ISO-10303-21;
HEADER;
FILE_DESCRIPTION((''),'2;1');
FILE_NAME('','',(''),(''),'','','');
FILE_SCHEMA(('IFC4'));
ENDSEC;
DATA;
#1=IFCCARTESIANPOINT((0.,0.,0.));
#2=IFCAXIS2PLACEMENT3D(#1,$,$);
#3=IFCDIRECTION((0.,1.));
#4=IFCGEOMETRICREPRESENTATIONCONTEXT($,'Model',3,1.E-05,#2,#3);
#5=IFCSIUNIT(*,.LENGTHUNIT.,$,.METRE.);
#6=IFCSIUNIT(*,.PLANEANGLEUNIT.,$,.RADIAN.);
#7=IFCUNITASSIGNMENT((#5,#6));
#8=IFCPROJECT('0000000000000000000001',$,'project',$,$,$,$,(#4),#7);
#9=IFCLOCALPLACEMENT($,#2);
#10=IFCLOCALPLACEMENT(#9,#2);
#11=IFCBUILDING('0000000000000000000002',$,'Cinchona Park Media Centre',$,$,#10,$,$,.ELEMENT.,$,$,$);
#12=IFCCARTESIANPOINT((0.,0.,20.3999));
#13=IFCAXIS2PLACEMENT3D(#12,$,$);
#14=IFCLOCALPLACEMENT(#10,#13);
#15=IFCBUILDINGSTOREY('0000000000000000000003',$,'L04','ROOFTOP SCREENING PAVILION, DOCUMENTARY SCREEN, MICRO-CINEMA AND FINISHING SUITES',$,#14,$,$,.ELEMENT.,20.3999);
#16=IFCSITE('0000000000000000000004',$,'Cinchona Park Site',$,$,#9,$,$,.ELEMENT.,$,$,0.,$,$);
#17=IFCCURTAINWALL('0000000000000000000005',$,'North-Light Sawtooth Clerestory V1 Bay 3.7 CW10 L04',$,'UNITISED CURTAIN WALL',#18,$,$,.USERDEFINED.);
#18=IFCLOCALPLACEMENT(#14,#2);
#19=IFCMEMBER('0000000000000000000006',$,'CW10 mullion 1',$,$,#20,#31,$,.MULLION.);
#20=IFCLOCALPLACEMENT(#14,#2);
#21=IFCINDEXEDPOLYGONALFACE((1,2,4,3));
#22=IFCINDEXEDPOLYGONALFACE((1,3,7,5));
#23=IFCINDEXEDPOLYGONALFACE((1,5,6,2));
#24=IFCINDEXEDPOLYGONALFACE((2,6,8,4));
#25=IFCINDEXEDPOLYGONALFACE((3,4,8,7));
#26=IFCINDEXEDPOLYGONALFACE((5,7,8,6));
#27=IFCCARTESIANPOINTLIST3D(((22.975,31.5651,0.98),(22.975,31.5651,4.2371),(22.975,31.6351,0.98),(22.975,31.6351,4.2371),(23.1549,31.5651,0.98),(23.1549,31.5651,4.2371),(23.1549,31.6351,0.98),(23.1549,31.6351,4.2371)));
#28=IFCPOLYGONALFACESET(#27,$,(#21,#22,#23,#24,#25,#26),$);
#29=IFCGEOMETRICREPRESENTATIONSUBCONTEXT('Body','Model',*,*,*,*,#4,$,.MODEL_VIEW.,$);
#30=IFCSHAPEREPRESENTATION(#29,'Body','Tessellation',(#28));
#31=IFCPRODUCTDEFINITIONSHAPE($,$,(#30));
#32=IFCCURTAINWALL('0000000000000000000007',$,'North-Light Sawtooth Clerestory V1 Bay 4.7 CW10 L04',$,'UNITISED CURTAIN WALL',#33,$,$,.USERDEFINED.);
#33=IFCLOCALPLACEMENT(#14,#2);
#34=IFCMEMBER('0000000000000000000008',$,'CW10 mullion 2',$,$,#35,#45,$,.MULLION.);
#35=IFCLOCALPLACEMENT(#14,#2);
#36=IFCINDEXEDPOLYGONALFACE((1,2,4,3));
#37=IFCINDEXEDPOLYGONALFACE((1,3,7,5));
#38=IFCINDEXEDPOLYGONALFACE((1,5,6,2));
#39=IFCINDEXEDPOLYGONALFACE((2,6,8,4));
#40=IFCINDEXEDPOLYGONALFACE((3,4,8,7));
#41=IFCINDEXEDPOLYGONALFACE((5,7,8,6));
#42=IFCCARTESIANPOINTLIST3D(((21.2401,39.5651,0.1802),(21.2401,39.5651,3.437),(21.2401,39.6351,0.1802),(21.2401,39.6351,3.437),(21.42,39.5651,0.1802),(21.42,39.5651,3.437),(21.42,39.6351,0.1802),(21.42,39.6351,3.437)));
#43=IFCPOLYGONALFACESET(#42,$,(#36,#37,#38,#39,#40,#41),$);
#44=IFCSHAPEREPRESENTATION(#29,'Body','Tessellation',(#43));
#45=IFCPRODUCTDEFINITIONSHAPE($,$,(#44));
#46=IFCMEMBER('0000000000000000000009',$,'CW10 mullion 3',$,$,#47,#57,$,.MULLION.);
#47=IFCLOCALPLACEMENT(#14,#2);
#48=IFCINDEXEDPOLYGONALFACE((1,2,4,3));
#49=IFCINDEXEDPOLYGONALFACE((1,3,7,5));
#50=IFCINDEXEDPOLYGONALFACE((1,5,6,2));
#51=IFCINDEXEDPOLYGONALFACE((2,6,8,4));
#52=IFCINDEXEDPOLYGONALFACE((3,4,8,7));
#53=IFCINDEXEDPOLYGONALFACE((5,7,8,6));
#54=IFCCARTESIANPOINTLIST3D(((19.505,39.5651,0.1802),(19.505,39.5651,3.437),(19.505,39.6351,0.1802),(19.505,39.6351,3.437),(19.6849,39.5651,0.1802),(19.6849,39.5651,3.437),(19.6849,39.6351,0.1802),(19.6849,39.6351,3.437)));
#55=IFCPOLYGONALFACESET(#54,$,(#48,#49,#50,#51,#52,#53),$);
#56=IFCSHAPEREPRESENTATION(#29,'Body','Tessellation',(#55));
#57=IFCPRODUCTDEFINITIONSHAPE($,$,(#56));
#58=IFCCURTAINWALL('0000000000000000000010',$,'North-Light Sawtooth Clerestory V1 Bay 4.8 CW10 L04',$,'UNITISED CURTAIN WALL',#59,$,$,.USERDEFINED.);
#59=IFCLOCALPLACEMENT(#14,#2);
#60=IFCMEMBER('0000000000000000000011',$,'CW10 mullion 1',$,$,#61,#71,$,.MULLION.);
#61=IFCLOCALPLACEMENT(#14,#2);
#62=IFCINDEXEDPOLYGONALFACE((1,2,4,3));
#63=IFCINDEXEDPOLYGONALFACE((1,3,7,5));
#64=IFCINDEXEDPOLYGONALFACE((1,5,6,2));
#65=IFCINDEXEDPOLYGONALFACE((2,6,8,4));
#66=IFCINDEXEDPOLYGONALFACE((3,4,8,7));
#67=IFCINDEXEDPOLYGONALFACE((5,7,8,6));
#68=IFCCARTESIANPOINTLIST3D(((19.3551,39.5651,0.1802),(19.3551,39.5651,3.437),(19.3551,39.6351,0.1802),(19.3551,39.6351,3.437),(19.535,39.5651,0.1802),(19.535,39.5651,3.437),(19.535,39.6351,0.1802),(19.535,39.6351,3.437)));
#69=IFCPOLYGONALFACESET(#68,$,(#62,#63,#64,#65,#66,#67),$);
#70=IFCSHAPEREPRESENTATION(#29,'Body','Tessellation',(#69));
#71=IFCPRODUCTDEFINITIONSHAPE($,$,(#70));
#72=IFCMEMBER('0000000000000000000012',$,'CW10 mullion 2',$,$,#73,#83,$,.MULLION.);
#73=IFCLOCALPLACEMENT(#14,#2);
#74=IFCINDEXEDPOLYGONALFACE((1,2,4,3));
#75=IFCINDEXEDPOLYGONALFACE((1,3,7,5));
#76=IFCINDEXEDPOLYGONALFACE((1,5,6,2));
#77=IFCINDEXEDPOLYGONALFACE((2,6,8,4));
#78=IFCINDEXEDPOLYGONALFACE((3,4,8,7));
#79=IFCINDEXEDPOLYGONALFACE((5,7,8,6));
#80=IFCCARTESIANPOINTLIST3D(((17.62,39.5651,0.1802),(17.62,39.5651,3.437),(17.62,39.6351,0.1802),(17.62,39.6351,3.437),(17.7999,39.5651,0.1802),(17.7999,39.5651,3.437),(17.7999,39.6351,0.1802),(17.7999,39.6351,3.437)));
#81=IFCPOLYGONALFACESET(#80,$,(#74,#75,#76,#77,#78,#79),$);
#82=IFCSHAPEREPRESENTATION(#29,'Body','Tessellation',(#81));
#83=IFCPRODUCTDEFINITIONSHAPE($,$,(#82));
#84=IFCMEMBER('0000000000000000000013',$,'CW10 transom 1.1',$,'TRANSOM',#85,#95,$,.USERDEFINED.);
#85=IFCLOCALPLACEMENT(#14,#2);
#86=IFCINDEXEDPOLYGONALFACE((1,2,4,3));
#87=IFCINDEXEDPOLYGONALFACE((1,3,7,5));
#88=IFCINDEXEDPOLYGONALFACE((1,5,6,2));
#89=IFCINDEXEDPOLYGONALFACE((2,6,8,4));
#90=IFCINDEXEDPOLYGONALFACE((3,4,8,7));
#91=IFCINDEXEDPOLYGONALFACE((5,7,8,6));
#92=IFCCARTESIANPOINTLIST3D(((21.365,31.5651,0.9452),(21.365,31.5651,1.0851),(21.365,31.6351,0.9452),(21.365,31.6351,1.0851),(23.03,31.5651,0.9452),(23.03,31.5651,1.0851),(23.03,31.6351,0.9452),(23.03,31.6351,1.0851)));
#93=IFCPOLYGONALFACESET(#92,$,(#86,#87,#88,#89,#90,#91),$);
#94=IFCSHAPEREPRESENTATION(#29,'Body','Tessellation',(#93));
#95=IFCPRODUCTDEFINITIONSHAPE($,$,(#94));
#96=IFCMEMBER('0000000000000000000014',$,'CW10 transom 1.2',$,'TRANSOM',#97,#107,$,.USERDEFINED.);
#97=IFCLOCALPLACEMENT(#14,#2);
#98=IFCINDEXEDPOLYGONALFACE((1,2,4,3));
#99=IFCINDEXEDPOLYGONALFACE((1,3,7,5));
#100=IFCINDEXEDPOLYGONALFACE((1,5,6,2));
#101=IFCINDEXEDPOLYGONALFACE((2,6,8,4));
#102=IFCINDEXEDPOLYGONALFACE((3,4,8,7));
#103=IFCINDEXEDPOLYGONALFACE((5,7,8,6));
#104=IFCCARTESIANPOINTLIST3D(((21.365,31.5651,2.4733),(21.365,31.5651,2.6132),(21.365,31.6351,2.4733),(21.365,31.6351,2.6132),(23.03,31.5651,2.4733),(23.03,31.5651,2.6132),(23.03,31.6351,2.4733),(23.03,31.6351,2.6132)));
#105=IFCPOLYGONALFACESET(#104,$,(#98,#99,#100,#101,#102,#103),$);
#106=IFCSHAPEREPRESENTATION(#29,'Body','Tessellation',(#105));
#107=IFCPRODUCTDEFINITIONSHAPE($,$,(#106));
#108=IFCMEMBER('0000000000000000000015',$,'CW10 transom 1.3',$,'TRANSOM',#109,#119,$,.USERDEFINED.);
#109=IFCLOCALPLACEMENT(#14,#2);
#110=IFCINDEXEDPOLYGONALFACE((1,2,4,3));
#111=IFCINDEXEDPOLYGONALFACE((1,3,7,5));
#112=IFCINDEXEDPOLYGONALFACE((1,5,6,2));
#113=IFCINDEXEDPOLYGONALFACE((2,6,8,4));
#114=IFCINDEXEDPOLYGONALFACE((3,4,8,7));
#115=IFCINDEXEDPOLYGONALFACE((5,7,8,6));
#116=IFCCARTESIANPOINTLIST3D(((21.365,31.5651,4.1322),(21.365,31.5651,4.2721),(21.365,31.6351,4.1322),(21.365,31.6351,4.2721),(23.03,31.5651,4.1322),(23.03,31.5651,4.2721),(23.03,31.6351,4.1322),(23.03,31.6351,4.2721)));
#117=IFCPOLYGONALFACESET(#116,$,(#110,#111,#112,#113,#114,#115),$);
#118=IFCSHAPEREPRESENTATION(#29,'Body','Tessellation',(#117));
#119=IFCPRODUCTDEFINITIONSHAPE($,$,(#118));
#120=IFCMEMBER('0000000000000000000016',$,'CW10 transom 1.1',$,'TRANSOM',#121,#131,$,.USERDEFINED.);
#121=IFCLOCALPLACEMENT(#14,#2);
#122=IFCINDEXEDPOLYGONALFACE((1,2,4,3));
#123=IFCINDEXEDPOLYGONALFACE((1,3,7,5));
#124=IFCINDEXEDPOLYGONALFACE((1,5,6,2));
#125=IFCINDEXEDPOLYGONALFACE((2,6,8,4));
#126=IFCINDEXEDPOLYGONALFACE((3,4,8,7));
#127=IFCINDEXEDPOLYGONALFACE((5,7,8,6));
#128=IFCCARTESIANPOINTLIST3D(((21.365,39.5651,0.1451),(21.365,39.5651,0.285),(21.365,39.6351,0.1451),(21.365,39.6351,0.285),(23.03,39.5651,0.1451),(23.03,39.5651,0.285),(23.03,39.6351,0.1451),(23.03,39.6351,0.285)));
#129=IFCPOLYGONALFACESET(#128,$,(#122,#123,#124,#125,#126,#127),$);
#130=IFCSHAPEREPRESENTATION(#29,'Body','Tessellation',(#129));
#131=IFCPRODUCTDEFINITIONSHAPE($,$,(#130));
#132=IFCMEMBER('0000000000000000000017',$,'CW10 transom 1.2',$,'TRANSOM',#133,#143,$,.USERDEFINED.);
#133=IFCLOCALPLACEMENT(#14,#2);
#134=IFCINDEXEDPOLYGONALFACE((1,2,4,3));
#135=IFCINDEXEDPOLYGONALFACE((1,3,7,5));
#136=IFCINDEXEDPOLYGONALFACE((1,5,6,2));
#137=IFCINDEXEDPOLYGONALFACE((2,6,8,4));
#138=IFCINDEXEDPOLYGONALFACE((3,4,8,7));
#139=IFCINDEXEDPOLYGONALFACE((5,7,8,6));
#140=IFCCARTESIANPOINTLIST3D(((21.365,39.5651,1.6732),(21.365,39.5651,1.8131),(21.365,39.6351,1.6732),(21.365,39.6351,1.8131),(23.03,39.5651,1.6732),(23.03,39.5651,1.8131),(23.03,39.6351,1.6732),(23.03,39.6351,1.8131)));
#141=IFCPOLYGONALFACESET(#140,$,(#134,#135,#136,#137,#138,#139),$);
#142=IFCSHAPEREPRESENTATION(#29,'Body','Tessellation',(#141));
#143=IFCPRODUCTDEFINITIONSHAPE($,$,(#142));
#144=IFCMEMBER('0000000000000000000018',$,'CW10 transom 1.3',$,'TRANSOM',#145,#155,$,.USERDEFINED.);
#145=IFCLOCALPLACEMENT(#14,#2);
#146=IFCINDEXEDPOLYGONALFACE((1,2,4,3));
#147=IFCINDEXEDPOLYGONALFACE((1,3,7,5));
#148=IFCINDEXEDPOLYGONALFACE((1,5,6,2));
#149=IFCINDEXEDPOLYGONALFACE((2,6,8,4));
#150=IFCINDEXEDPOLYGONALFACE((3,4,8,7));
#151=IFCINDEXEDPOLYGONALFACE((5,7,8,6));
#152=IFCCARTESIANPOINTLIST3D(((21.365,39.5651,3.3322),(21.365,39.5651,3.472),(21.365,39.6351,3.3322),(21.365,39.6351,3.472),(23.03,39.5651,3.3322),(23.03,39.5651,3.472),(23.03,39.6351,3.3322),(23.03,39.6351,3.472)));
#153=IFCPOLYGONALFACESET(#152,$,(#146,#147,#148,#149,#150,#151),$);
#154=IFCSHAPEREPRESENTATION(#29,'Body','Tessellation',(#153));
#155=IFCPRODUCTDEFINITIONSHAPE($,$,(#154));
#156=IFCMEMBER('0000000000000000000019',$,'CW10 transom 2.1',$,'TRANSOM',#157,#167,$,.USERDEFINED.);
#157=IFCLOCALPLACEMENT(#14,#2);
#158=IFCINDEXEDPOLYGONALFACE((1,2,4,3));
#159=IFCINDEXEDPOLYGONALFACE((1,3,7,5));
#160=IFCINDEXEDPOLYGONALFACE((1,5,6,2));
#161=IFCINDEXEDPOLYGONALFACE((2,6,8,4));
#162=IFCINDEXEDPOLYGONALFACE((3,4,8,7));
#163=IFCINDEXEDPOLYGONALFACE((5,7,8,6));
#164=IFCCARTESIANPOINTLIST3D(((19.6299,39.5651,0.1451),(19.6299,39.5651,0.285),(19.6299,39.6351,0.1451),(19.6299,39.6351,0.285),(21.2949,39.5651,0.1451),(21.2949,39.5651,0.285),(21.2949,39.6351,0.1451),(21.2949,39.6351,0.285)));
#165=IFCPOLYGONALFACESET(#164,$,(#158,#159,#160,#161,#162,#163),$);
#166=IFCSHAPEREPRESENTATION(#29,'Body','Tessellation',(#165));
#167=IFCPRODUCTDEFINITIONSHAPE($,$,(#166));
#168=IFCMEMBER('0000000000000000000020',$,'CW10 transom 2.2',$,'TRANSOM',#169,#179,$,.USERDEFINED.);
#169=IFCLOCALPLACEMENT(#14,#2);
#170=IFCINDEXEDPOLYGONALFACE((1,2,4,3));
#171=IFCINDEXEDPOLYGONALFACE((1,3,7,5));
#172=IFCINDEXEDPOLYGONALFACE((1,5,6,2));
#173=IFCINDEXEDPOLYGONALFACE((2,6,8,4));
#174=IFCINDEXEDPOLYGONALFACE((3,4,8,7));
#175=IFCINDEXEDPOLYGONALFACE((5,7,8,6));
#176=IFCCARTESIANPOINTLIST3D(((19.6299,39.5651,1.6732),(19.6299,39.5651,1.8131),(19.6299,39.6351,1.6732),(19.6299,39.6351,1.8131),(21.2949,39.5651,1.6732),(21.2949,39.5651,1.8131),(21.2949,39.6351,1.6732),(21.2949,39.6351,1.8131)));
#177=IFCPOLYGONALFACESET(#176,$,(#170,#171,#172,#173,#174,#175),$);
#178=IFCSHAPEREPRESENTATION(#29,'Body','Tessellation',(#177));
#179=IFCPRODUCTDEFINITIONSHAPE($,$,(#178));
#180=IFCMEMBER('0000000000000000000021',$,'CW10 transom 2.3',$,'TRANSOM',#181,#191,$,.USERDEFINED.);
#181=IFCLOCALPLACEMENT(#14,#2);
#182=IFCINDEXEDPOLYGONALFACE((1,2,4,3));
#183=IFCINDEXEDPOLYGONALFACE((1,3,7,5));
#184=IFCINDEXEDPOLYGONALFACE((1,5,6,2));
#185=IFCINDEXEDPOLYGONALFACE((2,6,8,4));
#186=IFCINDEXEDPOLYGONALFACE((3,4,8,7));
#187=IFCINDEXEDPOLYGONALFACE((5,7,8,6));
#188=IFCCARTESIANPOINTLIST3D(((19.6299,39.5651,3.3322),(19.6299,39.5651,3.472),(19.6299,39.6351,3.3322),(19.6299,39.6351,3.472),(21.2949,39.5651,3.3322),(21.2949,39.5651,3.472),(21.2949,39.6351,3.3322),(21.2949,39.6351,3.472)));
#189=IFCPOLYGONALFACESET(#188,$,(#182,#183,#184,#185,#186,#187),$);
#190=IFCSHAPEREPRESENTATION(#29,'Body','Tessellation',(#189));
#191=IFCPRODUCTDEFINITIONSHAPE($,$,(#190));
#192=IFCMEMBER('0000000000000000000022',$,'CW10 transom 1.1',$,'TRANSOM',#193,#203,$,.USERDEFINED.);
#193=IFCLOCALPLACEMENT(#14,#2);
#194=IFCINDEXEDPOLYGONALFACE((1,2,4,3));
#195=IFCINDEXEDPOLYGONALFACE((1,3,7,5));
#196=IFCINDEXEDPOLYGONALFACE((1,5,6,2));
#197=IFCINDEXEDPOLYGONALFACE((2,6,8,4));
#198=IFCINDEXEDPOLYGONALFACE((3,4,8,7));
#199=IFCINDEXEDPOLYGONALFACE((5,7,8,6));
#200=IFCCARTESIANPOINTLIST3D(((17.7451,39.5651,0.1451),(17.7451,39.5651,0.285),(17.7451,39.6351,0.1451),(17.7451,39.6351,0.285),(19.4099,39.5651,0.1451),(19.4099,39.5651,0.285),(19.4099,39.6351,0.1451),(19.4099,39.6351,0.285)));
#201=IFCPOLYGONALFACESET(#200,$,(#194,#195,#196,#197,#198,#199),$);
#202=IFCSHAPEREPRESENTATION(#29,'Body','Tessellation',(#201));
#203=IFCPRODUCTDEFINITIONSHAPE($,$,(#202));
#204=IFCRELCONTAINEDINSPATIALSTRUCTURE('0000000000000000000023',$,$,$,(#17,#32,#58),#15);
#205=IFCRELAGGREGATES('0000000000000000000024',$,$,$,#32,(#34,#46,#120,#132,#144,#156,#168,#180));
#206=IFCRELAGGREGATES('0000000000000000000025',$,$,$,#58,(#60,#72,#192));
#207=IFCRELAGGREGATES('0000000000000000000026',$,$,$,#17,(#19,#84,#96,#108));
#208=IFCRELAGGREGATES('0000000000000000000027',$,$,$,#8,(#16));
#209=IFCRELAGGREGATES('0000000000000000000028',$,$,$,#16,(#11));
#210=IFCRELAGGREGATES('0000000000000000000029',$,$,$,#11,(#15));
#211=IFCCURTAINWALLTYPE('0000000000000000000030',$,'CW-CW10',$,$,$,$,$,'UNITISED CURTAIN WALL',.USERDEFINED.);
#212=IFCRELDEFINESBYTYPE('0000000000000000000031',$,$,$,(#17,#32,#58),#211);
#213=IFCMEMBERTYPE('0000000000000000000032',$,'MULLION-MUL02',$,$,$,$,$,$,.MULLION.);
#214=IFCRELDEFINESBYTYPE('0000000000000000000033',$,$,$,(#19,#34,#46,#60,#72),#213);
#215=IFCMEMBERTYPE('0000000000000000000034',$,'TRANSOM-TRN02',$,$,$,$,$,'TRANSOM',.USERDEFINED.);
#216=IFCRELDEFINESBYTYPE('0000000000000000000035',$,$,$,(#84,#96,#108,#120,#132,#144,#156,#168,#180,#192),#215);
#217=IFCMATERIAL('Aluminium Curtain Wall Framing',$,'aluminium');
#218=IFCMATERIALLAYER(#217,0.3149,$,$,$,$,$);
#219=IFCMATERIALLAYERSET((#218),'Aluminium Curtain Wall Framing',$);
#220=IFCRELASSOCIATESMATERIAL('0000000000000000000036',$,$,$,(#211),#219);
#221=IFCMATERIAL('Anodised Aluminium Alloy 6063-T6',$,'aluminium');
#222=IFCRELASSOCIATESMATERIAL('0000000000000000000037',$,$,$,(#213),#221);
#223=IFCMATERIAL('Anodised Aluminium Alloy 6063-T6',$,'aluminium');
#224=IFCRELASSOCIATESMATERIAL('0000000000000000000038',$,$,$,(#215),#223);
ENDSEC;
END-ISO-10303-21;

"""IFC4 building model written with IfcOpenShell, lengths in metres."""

from ifc_helpers import new_model, si_unit, direction, frame, origin, origin_2d, place, context, subcontext, project, spatial, rectangle, extrude, material, layer, layer_set, material_profile, profile_set, type_object, element, aggregate, save


model = new_model("IFC4")

# Units and contexts
model_context = context("Model", 3, precision=1e-05, world=origin(), true_north=direction((0.0, 1.0)))
body_context = subcontext(model_context, "Body", "Model", "MODEL_VIEW")
ifc_project = project(units=[si_unit("LENGTHUNIT", "METRE"), si_unit("PLANEANGLEUNIT", "RADIAN")], contexts=[model_context])

# Site, building, storey
site_placement = place(None, origin())
site = spatial("IfcSite", under=ifc_project, at=site_placement, Name="Cinchona Park Site", CompositionType="ELEMENT", RefElevation=0.0)
building_placement = place(site_placement, origin())
building = spatial("IfcBuilding", under=site, at=building_placement, Name="Cinchona Park Media Centre", CompositionType="ELEMENT")
storey_placement = place(building_placement, frame((0.0, 0.0, 20.3999)))
storey = spatial("IfcBuildingStorey", under=building, at=storey_placement, Name="L04", Description="ROOFTOP SCREENING PAVILION, DOCUMENTARY SCREEN, MICRO-CINEMA AND FINISHING SUITES", CompositionType="ELEMENT", Elevation=20.3999)

# Curtain wall, member
ifc_material_1 = material(Name="Aluminium Curtain Wall Framing", Category="aluminium")
ifc_layer_1 = layer(ifc_material_1, 0.3149)
ifc_layer_set_1 = layer_set([ifc_layer_1], Name="Aluminium Curtain Wall Framing")
curtain_wall_type = type_object("IfcCurtainWallType", Name="CW-CW10", ElementType="UNITISED CURTAIN WALL", PredefinedType="USERDEFINED", material=ifc_layer_set_1)
curtain_wall_1_placement = place(storey_placement, origin())
curtain_wall_1 = element("IfcCurtainWall", 1, at=curtain_wall_1_placement, inside=storey, type_object=curtain_wall_type, Name="North-Light Sawtooth Clerestory V1 Bay 3.7 CW10 L04", ObjectType="UNITISED CURTAIN WALL", PredefinedType="USERDEFINED")
ifc_material_2 = material(Name="Anodised Aluminium Alloy 6063-T6", Category="aluminium")
ifc_material_profile_1 = material_profile(ifc_material_2, rectangle(XDim=0.0701, YDim=0.1799, at=origin_2d()), Name="MUL-70X180")
ifc_profile_set_1 = profile_set([ifc_material_profile_1], Name="Anodised Aluminium Alloy 6063-T6")
member_type_1 = type_object("IfcMemberType", Name="MULLION-MUL02", PredefinedType="MULLION", material=ifc_profile_set_1)
member_1_placement = place(storey_placement, frame((23.0649, 31.6001, 0.98), z_axis=(0.0, 0.0, 1.0), x_axis=(0.0, -1.0, 0.0)))
member_1 = element("IfcMember", 2, at=member_1_placement, type_object=member_type_1, Name="CW10 mullion 1", PredefinedType="MULLION", context=body_context, shape_type="SweptSolid", body=[
    extrude(rectangle(XDim=0.0701, YDim=0.1799, at=origin_2d()), origin(), (0.0, 0.0, 1.0), 3.2571),
])

# Curtain walls, members
curtain_wall_2_placement = place(storey_placement, origin())
curtain_wall_2 = element("IfcCurtainWall", 3, at=curtain_wall_2_placement, inside=storey, type_object=curtain_wall_type, Name="North-Light Sawtooth Clerestory V1 Bay 4.7 CW10 L04", ObjectType="UNITISED CURTAIN WALL", PredefinedType="USERDEFINED")
member_2_placement = place(storey_placement, frame((21.3301, 39.6001, 0.1802), z_axis=(0.0, 0.0, 1.0), x_axis=(0.0, -1.0, 0.0)))
member_2 = element("IfcMember", 4, at=member_2_placement, type_object=member_type_1, Name="CW10 mullion 2", PredefinedType="MULLION", context=body_context, shape_type="SweptSolid", body=[
    extrude(rectangle(XDim=0.0701, YDim=0.1799, at=origin_2d()), origin(), (0.0, 0.0, 1.0), 3.2568),
])
member_3_placement = place(storey_placement, frame((19.595, 39.6001, 0.1802), z_axis=(0.0, 0.0, 1.0), x_axis=(0.0, -1.0, 0.0)))
member_3 = element("IfcMember", 5, at=member_3_placement, type_object=member_type_1, Name="CW10 mullion 3", PredefinedType="MULLION", context=body_context, shape_type="SweptSolid", body=[
    extrude(rectangle(XDim=0.0701, YDim=0.1799, at=origin_2d()), origin(), (0.0, 0.0, 1.0), 3.2568),
])
curtain_wall_3_placement = place(storey_placement, origin())
curtain_wall_3 = element("IfcCurtainWall", 6, at=curtain_wall_3_placement, inside=storey, type_object=curtain_wall_type, Name="North-Light Sawtooth Clerestory V1 Bay 4.8 CW10 L04", ObjectType="UNITISED CURTAIN WALL", PredefinedType="USERDEFINED")
member_4_placement = place(storey_placement, frame((19.4451, 39.6001, 0.1802), z_axis=(0.0, 0.0, 1.0), x_axis=(0.0, -1.0, 0.0)))
member_4 = element("IfcMember", 7, at=member_4_placement, type_object=member_type_1, Name="CW10 mullion 1", PredefinedType="MULLION", context=body_context, shape_type="SweptSolid", body=[
    extrude(rectangle(XDim=0.0701, YDim=0.1799, at=origin_2d()), origin(), (0.0, 0.0, 1.0), 3.2568),
])
member_5_placement = place(storey_placement, frame((17.71, 39.6001, 0.1802), z_axis=(0.0, 0.0, 1.0), x_axis=(0.0, -1.0, 0.0)))
member_5 = element("IfcMember", 8, at=member_5_placement, type_object=member_type_1, Name="CW10 mullion 2", PredefinedType="MULLION", context=body_context, shape_type="SweptSolid", body=[
    extrude(rectangle(XDim=0.0701, YDim=0.1799, at=origin_2d()), origin(), (0.0, 0.0, 1.0), 3.2568),
])

# Members
ifc_material_3 = material(Name="Anodised Aluminium Alloy 6063-T6", Category="aluminium")
ifc_material_profile_2 = material_profile(ifc_material_3, rectangle(XDim=0.0701, YDim=0.1399, at=origin_2d()), Name="TRN-70X140")
ifc_profile_set_2 = profile_set([ifc_material_profile_2], Name="Anodised Aluminium Alloy 6063-T6")
member_type_2 = type_object("IfcMemberType", Name="TRANSOM-TRN02", ElementType="TRANSOM", PredefinedType="USERDEFINED", material=ifc_profile_set_2)
member_6_placement = place(storey_placement, frame((23.03, 31.6001, 1.0151), z_axis=(-1.0, 0.0, 0.0), x_axis=(0.0, -1.0, 0.0)))
member_6 = element("IfcMember", 9, at=member_6_placement, type_object=member_type_2, Name="CW10 transom 1.1", ObjectType="TRANSOM", PredefinedType="USERDEFINED", context=body_context, shape_type="SweptSolid", body=[
    extrude(rectangle(XDim=0.0701, YDim=0.1399, at=origin_2d()), origin(), (0.0, 0.0, 1.0), 1.665),
])
member_7_placement = place(storey_placement, frame((23.03, 31.6001, 2.5432), z_axis=(-1.0, 0.0, 0.0), x_axis=(0.0, -1.0, 0.0)))
member_7 = element("IfcMember", 10, at=member_7_placement, type_object=member_type_2, Name="CW10 transom 1.2", ObjectType="TRANSOM", PredefinedType="USERDEFINED", context=body_context, shape_type="SweptSolid", body=[
    extrude(rectangle(XDim=0.0701, YDim=0.1399, at=origin_2d()), origin(), (0.0, 0.0, 1.0), 1.665),
])
member_8_placement = place(storey_placement, frame((23.03, 31.6001, 4.2021), z_axis=(-1.0, 0.0, 0.0), x_axis=(0.0, -1.0, 0.0)))
member_8 = element("IfcMember", 11, at=member_8_placement, type_object=member_type_2, Name="CW10 transom 1.3", ObjectType="TRANSOM", PredefinedType="USERDEFINED", context=body_context, shape_type="SweptSolid", body=[
    extrude(rectangle(XDim=0.0701, YDim=0.1399, at=origin_2d()), origin(), (0.0, 0.0, 1.0), 1.665),
])
member_9_placement = place(storey_placement, frame((23.03, 39.6001, 0.2151), z_axis=(-1.0, 0.0, 0.0), x_axis=(0.0, -1.0, 0.0)))
member_9 = element("IfcMember", 12, at=member_9_placement, type_object=member_type_2, Name="CW10 transom 1.1", ObjectType="TRANSOM", PredefinedType="USERDEFINED", context=body_context, shape_type="SweptSolid", body=[
    extrude(rectangle(XDim=0.0701, YDim=0.1399, at=origin_2d()), origin(), (0.0, 0.0, 1.0), 1.665),
])
member_10_placement = place(storey_placement, frame((23.03, 39.6001, 1.7432), z_axis=(-1.0, 0.0, 0.0), x_axis=(0.0, -1.0, 0.0)))
member_10 = element("IfcMember", 13, at=member_10_placement, type_object=member_type_2, Name="CW10 transom 1.2", ObjectType="TRANSOM", PredefinedType="USERDEFINED", context=body_context, shape_type="SweptSolid", body=[
    extrude(rectangle(XDim=0.0701, YDim=0.1399, at=origin_2d()), origin(), (0.0, 0.0, 1.0), 1.665),
])
member_11_placement = place(storey_placement, frame((23.03, 39.6001, 3.4021), z_axis=(-1.0, 0.0, 0.0), x_axis=(0.0, -1.0, 0.0)))
member_11 = element("IfcMember", 14, at=member_11_placement, type_object=member_type_2, Name="CW10 transom 1.3", ObjectType="TRANSOM", PredefinedType="USERDEFINED", context=body_context, shape_type="SweptSolid", body=[
    extrude(rectangle(XDim=0.0701, YDim=0.1399, at=origin_2d()), origin(), (0.0, 0.0, 1.0), 1.665),
])
member_12_placement = place(storey_placement, frame((21.2949, 39.6001, 0.2151), z_axis=(-1.0, 0.0, 0.0), x_axis=(0.0, -1.0, 0.0)))
member_12 = element("IfcMember", 15, at=member_12_placement, type_object=member_type_2, Name="CW10 transom 2.1", ObjectType="TRANSOM", PredefinedType="USERDEFINED", context=body_context, shape_type="SweptSolid", body=[
    extrude(rectangle(XDim=0.0701, YDim=0.1399, at=origin_2d()), origin(), (0.0, 0.0, 1.0), 1.665),
])
member_13_placement = place(storey_placement, frame((21.2949, 39.6001, 1.7432), z_axis=(-1.0, 0.0, 0.0), x_axis=(0.0, -1.0, 0.0)))
member_13 = element("IfcMember", 16, at=member_13_placement, type_object=member_type_2, Name="CW10 transom 2.2", ObjectType="TRANSOM", PredefinedType="USERDEFINED", context=body_context, shape_type="SweptSolid", body=[
    extrude(rectangle(XDim=0.0701, YDim=0.1399, at=origin_2d()), origin(), (0.0, 0.0, 1.0), 1.665),
])
member_14_placement = place(storey_placement, frame((21.2949, 39.6001, 3.4021), z_axis=(-1.0, 0.0, 0.0), x_axis=(0.0, -1.0, 0.0)))
member_14 = element("IfcMember", 17, at=member_14_placement, type_object=member_type_2, Name="CW10 transom 2.3", ObjectType="TRANSOM", PredefinedType="USERDEFINED", context=body_context, shape_type="SweptSolid", body=[
    extrude(rectangle(XDim=0.0701, YDim=0.1399, at=origin_2d()), origin(), (0.0, 0.0, 1.0), 1.665),
])
member_15_placement = place(storey_placement, frame((19.4099, 39.6001, 0.2151), z_axis=(-1.0, 0.0, 0.0), x_axis=(0.0, -1.0, 0.0)))
member_15 = element("IfcMember", 18, at=member_15_placement, type_object=member_type_2, Name="CW10 transom 1.1", ObjectType="TRANSOM", PredefinedType="USERDEFINED", context=body_context, shape_type="SweptSolid", body=[
    extrude(rectangle(XDim=0.0701, YDim=0.1399, at=origin_2d()), origin(), (0.0, 0.0, 1.0), 1.6648),
])

aggregate(curtain_wall_2, [member_2, member_3, member_9, member_10, member_11, member_12, member_13, member_14])
aggregate(curtain_wall_3, [member_4, member_5, member_15])
aggregate(curtain_wall_1, [member_1, member_6, member_7, member_8])

save(model, "model.ifc")
